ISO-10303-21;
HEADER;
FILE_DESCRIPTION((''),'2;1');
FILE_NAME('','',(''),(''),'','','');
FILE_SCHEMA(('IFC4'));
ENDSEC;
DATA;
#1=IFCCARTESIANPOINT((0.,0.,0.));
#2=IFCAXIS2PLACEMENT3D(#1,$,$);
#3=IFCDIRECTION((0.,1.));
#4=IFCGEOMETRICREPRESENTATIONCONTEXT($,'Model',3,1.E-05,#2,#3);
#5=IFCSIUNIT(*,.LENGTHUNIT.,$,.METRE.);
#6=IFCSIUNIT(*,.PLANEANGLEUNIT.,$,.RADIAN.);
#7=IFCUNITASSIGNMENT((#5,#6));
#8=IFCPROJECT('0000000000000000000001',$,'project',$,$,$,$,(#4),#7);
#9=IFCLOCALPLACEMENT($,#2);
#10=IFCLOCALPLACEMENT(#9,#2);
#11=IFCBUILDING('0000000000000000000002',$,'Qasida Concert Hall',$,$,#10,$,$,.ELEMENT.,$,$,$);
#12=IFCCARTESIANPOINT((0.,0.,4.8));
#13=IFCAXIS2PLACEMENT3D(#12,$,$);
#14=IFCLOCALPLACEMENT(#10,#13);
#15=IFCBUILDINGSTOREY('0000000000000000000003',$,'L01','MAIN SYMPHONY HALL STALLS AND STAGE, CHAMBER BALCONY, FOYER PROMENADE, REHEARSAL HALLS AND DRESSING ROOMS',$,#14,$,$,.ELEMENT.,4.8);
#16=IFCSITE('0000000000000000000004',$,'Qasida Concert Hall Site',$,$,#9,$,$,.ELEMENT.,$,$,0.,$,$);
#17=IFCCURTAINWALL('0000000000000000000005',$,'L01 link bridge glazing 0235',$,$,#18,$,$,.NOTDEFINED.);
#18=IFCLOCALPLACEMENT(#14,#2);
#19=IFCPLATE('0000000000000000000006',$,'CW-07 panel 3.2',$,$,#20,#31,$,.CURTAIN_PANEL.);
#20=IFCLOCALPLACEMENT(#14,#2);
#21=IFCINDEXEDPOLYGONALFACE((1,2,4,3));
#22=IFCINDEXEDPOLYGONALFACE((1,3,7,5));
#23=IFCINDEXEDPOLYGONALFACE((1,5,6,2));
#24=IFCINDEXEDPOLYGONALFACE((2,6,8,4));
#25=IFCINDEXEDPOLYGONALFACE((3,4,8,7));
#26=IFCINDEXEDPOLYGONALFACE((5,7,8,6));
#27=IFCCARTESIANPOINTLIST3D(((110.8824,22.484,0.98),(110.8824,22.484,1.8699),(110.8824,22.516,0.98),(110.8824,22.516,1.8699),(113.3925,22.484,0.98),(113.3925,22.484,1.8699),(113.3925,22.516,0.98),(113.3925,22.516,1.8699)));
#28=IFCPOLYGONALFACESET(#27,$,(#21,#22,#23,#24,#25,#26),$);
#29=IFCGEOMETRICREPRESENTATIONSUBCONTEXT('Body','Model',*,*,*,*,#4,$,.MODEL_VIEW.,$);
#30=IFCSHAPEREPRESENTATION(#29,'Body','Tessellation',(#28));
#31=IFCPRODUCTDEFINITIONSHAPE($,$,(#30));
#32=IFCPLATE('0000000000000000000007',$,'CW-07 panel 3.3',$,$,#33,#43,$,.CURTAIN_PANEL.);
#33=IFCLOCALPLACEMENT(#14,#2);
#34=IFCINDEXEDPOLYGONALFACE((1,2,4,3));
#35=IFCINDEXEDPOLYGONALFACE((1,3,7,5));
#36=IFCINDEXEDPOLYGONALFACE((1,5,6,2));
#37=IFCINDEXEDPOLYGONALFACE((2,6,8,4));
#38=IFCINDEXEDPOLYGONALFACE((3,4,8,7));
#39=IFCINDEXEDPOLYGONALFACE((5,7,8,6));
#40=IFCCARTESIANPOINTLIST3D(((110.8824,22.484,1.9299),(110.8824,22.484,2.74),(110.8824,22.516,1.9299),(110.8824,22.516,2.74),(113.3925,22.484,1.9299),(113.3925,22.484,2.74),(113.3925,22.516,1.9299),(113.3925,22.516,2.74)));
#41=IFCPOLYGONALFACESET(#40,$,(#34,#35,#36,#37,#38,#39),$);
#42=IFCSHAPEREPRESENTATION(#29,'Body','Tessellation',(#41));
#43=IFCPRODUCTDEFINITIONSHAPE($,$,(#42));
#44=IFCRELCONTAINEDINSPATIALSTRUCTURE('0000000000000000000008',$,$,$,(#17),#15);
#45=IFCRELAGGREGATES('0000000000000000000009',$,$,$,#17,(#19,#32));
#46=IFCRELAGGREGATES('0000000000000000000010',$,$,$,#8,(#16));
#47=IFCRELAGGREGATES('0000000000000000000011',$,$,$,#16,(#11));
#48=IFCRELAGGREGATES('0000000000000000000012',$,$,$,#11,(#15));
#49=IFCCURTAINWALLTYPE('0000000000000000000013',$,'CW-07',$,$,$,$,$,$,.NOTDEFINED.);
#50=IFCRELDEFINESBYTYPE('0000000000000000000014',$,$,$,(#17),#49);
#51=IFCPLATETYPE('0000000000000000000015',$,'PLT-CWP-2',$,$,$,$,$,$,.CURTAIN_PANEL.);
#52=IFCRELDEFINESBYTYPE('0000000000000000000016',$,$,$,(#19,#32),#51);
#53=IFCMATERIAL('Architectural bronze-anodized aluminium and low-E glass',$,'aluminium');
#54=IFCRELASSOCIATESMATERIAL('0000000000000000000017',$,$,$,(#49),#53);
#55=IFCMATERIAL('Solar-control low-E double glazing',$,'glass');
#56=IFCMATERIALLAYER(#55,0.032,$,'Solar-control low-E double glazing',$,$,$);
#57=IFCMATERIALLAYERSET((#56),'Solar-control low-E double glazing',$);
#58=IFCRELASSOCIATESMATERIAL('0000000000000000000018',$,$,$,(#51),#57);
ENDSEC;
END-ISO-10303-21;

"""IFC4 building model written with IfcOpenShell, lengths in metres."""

from ifc_helpers import new_model, si_unit, direction, frame, origin, origin_2d, place, context, subcontext, project, spatial, rectangle, extrude, material, layer, layer_set, type_object, element, aggregate, save


model = new_model("IFC4")

# Units and contexts
model_context = context("Model", 3, precision=1e-05, world=origin(), true_north=direction((0.0, 1.0)))
body_context = subcontext(model_context, "Body", "Model", "MODEL_VIEW")
ifc_project = project(units=[si_unit("LENGTHUNIT", "METRE"), si_unit("PLANEANGLEUNIT", "RADIAN")], contexts=[model_context])

# Site, building, storey
site_placement = place(None, origin())
site = spatial("IfcSite", under=ifc_project, at=site_placement, Name="Qasida Concert Hall Site", CompositionType="ELEMENT", RefElevation=0.0)
building_placement = place(site_placement, origin())
building = spatial("IfcBuilding", under=site, at=building_placement, Name="Qasida Concert Hall", CompositionType="ELEMENT")
storey_placement = place(building_placement, frame((0.0, 0.0, 4.8)))
storey = spatial("IfcBuildingStorey", under=building, at=storey_placement, Name="L01", Description="MAIN SYMPHONY HALL STALLS AND STAGE, CHAMBER BALCONY, FOYER PROMENADE, REHEARSAL HALLS AND DRESSING ROOMS", CompositionType="ELEMENT", Elevation=4.8)

# Curtain wall
ifc_material_1 = material(Name="Architectural bronze-anodized aluminium and low-E glass", Category="aluminium")
curtain_wall_type = type_object("IfcCurtainWallType", Name="CW-07", PredefinedType="NOTDEFINED", material=ifc_material_1)
curtain_wall_1_placement = place(storey_placement, origin())
curtain_wall_1 = element("IfcCurtainWall", 1, at=curtain_wall_1_placement, inside=storey, type_object=curtain_wall_type, Name="L01 link bridge glazing 0235", PredefinedType="NOTDEFINED")

# Plates
ifc_material_2 = material(Name="Solar-control low-E double glazing", Category="glass")
ifc_layer = layer(ifc_material_2, 0.032, Name="Solar-control low-E double glazing")
ifc_layer_set = layer_set([ifc_layer], Name="Solar-control low-E double glazing")
plate_type = type_object("IfcPlateType", Name="PLT-CWP-2", PredefinedType="CURTAIN_PANEL", material=ifc_layer_set)
plate_1_placement = place(storey_placement, frame((112.1375, 22.5, 0.98), z_axis=(0.0, 0.0, 1.0), x_axis=(1.0, 0.0, 0.0)))
plate_1 = element("IfcPlate", 2, at=plate_1_placement, type_object=plate_type, Name="CW-07 panel 3.2", PredefinedType="CURTAIN_PANEL", context=body_context, shape_type="SweptSolid", body=[
    extrude(rectangle(XDim=2.51, YDim=0.032, at=origin_2d()), origin(), (0.0, 0.0, 1.0), 0.8899),
])
plate_2_placement = place(storey_placement, frame((112.1375, 22.5, 1.9299), z_axis=(0.0, 0.0, 1.0), x_axis=(1.0, 0.0, 0.0)))
plate_2 = element("IfcPlate", 3, at=plate_2_placement, type_object=plate_type, Name="CW-07 panel 3.3", PredefinedType="CURTAIN_PANEL", context=body_context, shape_type="SweptSolid", body=[
    extrude(rectangle(XDim=2.51, YDim=0.032, at=origin_2d()), origin(), (0.0, 0.0, 1.0), 0.8101),
])
aggregate(curtain_wall_1, [plate_1, plate_2])

save(model, "model.ifc")
